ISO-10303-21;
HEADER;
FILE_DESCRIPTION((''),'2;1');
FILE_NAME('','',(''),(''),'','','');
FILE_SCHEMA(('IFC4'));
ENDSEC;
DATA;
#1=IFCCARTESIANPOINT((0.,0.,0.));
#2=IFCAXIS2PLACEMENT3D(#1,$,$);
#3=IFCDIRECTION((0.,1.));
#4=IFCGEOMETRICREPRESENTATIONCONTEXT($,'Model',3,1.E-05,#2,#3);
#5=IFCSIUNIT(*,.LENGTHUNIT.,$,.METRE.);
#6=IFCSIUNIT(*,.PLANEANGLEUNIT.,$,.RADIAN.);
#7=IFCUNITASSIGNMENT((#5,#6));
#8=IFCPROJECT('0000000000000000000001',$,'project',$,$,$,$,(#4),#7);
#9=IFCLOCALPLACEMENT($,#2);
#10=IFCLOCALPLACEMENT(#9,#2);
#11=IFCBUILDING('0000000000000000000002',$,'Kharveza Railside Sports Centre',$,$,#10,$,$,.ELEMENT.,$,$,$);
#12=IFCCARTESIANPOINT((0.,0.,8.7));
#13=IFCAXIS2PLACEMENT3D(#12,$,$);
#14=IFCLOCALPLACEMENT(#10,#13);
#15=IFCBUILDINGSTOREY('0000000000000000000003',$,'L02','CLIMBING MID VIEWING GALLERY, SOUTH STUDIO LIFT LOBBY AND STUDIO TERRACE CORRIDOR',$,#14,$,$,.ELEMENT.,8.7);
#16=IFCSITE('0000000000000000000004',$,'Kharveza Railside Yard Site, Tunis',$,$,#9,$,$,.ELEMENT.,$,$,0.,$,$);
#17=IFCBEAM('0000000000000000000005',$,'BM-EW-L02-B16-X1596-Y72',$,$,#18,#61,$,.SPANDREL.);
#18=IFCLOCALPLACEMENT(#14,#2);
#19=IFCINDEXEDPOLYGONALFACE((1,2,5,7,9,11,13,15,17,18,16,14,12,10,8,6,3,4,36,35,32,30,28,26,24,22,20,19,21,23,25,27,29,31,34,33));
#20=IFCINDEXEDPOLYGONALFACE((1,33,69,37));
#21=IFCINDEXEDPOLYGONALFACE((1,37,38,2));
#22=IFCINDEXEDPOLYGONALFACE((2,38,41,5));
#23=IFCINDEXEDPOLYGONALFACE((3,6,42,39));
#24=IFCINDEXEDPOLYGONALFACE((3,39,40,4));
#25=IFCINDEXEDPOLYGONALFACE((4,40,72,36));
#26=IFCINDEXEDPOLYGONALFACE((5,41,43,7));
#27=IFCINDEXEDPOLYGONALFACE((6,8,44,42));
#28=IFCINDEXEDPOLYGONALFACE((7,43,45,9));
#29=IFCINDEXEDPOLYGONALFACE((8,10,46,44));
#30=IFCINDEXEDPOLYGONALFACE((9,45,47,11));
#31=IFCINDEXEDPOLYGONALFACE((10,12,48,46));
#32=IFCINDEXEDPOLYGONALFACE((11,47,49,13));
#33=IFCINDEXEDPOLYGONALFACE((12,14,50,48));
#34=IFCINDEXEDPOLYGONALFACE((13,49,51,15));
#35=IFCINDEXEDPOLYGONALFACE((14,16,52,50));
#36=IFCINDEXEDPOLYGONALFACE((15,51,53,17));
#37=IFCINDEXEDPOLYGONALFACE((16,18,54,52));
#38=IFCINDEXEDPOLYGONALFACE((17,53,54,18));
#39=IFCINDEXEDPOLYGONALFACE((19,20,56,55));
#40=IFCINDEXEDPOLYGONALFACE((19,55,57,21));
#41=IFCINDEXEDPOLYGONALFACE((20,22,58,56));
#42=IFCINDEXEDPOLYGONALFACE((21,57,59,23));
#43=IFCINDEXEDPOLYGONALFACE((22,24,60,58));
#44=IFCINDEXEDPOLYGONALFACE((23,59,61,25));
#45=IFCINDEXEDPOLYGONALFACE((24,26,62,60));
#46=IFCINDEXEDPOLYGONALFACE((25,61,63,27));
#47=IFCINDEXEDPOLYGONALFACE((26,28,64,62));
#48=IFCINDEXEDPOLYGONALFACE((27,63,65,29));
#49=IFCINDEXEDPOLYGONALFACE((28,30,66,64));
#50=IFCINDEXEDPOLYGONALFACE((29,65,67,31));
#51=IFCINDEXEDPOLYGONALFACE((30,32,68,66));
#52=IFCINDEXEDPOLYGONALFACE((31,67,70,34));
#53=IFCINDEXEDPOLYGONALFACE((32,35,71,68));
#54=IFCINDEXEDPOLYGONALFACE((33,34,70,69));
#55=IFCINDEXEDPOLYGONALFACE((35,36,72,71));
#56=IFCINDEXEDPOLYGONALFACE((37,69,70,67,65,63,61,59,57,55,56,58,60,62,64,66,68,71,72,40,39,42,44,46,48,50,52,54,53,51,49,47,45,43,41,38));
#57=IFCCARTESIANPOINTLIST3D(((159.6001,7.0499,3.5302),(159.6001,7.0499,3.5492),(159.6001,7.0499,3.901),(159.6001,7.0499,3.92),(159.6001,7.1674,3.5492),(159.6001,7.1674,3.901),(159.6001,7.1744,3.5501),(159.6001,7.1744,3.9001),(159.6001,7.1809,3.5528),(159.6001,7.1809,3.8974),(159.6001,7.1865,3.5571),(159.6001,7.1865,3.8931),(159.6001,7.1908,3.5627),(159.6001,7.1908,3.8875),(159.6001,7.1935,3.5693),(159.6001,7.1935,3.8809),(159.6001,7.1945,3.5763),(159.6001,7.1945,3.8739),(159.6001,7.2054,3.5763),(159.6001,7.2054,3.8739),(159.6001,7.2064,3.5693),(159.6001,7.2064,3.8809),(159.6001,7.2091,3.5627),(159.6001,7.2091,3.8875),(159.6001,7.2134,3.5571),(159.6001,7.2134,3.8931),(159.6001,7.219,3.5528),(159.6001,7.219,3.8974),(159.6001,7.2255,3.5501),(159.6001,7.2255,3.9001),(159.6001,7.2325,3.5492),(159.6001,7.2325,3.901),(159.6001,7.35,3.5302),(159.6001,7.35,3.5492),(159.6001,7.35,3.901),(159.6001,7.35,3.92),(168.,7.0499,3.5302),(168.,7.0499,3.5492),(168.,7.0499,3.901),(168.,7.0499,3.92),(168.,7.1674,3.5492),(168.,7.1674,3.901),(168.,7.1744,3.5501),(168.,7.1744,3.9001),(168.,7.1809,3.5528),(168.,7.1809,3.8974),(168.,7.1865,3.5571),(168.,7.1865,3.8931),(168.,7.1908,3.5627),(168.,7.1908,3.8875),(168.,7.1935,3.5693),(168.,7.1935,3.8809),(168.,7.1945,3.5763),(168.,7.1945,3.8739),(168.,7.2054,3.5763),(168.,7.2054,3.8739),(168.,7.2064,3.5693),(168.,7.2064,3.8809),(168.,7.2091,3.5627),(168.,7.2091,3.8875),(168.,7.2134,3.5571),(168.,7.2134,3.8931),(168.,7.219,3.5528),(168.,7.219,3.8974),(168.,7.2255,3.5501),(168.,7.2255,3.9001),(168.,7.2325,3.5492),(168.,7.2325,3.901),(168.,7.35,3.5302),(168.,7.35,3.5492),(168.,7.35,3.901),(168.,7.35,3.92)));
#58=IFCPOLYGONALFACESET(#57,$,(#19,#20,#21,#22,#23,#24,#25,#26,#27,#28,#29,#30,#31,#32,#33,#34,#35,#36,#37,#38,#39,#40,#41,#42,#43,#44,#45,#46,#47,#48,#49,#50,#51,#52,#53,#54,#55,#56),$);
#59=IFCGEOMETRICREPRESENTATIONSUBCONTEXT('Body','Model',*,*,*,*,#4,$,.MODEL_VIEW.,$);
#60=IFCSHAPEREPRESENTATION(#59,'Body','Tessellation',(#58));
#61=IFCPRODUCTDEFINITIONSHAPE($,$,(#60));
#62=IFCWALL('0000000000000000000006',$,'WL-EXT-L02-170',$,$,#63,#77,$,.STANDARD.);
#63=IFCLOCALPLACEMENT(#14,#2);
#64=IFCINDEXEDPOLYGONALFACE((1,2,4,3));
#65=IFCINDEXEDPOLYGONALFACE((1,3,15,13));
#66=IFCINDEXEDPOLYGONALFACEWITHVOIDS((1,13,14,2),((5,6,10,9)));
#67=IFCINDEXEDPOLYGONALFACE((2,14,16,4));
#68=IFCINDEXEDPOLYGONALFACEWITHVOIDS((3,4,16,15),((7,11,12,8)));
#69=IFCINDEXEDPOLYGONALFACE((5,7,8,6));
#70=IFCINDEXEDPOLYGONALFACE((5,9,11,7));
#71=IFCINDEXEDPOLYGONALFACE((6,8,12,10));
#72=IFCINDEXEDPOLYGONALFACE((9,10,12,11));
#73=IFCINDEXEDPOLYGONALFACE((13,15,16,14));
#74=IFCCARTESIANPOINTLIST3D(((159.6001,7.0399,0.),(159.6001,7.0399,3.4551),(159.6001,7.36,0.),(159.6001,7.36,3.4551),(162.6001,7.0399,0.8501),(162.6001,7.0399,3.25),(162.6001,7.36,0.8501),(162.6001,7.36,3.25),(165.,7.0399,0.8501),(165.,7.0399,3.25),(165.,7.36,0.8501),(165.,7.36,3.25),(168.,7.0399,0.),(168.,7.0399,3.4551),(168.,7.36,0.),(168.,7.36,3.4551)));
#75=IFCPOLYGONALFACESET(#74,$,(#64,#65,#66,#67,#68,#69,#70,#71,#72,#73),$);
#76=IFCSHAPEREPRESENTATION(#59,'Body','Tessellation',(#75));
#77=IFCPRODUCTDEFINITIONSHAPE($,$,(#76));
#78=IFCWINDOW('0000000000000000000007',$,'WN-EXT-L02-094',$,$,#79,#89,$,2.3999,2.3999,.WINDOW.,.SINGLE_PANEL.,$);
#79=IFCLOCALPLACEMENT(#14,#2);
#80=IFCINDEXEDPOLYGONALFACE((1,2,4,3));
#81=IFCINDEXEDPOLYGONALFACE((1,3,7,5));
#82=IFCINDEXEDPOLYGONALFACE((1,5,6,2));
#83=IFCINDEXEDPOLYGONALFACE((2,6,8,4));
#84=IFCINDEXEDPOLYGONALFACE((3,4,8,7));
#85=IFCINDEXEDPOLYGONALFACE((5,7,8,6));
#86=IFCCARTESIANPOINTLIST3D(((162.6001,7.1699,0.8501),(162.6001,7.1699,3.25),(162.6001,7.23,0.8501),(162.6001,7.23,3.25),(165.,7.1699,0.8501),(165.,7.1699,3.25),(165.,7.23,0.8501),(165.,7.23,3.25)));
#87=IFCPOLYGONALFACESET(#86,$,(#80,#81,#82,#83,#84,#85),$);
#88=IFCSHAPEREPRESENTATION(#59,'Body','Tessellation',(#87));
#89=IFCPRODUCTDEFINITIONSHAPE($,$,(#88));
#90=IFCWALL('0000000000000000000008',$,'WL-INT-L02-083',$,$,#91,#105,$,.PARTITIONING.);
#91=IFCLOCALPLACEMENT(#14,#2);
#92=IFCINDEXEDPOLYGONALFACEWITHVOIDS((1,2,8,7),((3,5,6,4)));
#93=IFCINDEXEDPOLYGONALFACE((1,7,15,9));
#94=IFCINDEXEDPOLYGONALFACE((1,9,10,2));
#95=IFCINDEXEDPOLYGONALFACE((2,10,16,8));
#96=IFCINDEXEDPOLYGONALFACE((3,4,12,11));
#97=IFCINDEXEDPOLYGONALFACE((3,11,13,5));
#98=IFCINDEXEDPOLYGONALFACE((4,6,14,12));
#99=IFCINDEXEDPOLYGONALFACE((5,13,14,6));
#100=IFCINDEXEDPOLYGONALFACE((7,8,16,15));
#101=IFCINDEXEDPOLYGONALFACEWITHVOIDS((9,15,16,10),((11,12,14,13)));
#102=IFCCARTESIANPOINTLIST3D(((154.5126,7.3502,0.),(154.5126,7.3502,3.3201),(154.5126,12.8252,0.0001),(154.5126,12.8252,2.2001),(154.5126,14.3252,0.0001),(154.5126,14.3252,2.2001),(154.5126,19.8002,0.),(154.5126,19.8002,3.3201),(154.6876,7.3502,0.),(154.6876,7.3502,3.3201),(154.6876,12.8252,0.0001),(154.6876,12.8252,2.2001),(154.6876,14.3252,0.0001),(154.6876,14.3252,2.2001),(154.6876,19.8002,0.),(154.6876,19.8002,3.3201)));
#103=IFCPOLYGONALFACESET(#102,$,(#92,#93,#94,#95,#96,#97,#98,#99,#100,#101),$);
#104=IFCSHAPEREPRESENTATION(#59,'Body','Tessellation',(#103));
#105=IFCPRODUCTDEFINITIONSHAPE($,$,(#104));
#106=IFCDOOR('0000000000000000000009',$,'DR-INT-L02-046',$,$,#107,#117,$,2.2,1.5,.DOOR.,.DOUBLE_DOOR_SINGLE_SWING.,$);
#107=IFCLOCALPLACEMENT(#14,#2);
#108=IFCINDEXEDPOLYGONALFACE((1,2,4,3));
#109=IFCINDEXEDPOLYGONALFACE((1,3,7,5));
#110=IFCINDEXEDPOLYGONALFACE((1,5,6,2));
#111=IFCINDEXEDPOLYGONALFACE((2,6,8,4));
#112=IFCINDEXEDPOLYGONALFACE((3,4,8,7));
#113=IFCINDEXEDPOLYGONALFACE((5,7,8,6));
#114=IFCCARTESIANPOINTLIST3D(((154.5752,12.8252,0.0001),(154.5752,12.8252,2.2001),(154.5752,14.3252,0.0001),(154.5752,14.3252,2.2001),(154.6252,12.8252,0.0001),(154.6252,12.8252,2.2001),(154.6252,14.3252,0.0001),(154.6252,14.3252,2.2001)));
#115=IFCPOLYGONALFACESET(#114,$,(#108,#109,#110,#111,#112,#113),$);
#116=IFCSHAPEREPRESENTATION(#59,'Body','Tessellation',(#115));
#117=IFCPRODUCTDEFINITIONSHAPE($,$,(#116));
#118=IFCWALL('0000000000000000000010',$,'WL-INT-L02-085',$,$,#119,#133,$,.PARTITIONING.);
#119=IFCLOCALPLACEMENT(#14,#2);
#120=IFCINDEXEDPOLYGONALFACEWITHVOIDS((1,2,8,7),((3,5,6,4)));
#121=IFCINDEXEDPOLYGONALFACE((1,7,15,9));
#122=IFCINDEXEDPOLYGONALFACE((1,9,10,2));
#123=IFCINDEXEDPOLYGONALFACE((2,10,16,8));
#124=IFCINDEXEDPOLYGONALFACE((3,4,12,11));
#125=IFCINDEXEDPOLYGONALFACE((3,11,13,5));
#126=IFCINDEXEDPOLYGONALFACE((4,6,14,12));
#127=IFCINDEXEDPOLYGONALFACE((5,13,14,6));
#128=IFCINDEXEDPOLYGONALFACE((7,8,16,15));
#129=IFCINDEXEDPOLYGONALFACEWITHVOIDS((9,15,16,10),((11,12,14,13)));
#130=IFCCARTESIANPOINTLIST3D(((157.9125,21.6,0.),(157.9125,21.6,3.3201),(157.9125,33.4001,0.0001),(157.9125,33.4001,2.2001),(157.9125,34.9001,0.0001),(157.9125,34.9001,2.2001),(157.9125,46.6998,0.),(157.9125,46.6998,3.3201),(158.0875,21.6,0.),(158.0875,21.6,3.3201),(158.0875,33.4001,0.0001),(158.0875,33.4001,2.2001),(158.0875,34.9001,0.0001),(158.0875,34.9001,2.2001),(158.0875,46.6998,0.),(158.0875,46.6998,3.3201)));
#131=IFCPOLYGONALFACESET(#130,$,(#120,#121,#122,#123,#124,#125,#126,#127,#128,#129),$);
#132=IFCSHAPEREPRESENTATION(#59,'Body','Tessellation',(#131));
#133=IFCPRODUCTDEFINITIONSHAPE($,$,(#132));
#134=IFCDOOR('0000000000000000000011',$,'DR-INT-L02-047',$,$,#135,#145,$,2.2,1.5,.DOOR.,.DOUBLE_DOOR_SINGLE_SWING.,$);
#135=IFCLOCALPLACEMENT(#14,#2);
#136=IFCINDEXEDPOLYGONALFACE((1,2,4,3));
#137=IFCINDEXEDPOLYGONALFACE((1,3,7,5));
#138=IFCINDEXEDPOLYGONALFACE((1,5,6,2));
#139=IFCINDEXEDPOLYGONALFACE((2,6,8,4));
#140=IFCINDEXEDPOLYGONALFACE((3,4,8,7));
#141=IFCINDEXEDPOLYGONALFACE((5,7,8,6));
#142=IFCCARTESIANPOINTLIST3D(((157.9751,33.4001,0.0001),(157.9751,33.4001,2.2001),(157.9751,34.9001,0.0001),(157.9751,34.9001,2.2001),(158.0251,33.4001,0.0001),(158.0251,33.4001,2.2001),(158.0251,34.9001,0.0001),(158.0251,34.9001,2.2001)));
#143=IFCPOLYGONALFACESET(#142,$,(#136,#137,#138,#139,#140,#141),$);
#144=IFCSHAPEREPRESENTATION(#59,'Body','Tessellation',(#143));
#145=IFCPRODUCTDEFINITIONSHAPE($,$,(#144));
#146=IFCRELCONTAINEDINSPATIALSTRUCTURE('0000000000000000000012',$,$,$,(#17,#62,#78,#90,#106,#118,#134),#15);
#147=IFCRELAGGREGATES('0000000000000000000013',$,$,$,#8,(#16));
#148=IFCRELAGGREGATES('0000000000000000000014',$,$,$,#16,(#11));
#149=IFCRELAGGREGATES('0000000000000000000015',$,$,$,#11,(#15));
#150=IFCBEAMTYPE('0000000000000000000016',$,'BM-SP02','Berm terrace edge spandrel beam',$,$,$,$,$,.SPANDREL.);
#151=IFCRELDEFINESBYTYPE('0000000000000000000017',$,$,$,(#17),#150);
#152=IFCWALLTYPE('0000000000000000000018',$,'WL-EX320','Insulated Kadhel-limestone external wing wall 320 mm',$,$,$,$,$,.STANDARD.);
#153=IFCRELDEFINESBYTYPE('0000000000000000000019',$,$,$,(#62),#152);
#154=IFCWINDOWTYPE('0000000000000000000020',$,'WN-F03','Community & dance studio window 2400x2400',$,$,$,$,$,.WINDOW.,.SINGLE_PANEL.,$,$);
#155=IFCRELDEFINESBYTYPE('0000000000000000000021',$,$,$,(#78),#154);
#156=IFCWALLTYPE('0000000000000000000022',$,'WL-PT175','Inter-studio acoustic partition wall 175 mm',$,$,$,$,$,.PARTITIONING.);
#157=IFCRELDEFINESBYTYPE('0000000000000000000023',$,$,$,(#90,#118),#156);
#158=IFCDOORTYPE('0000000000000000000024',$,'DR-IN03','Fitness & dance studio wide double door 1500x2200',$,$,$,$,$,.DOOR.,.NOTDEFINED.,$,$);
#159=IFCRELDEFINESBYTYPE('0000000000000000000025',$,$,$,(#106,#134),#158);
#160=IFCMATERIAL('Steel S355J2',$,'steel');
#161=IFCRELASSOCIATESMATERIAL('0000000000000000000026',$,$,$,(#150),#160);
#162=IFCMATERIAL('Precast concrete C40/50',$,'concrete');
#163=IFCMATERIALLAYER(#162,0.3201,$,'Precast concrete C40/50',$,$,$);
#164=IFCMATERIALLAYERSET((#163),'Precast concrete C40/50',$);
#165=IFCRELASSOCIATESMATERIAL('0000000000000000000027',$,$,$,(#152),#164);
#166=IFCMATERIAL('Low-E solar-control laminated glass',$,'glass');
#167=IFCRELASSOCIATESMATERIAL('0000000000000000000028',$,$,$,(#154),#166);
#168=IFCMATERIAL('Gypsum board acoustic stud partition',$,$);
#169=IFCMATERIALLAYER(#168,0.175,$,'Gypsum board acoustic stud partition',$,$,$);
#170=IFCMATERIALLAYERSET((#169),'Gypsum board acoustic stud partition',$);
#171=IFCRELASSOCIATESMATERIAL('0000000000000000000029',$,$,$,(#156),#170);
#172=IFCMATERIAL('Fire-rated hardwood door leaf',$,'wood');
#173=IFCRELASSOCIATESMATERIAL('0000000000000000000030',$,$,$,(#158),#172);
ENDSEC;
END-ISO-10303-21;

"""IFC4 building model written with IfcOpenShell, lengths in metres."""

from ifc_helpers import new_model, si_unit, direction, frame, frame_2d, origin, origin_2d, place, context, subcontext, project, spatial, rectangle, i_section, extrude, material, layer, layer_set, material_profile, profile_set, type_object, element, fill, save


model = new_model("IFC4")

# Units and contexts
model_context = context("Model", 3, precision=1e-05, world=origin(), true_north=direction((0.0, 1.0)))
body_context = subcontext(model_context, "Body", "Model", "MODEL_VIEW")
ifc_project = project(units=[si_unit("LENGTHUNIT", "METRE"), si_unit("PLANEANGLEUNIT", "RADIAN")], contexts=[model_context])

# Site, building, storey
site_placement = place(None, origin())
site = spatial("IfcSite", under=ifc_project, at=site_placement, Name="Kharveza Railside Yard Site, Tunis", CompositionType="ELEMENT", RefElevation=0.0)
building_placement = place(site_placement, origin())
building = spatial("IfcBuilding", under=site, at=building_placement, Name="Kharveza Railside Sports Centre", CompositionType="ELEMENT")
storey_placement = place(building_placement, frame((0.0, 0.0, 8.7)))
storey = spatial("IfcBuildingStorey", under=building, at=storey_placement, Name="L02", Description="CLIMBING MID VIEWING GALLERY, SOUTH STUDIO LIFT LOBBY AND STUDIO TERRACE CORRIDOR", CompositionType="ELEMENT", Elevation=8.7)

# Shared definitions
ifc_material_1 = material(Name="Steel S355J2", Category="steel")

# Beam
ifc_material_profile_1 = material_profile(ifc_material_1, i_section(OverallWidth=0.3, OverallDepth=0.3899, WebThickness=0.011, FlangeThickness=0.019, FilletRadius=0.0271, at=origin_2d()), Name="HEA 400")
ifc_profile_set_1 = profile_set([ifc_material_profile_1], Name="Steel S355J2")
beam_type_1 = type_object("IfcBeamType", Name="BM-SP02", Description="Berm terrace edge spandrel beam", PredefinedType="SPANDREL", material=ifc_profile_set_1)
beam_1_placement = place(storey_placement, frame((159.6001, 7.2, 3.7251), z_axis=(1.0, 0.0, 0.0), x_axis=(0.0, 1.0, 0.0)))
element("IfcBeam", 1, at=beam_1_placement, inside=storey, type_object=beam_type_1, Name="BM-EW-L02-B16-X1596-Y72", PredefinedType="SPANDREL", context=body_context, shape_type="SweptSolid", body=[
    extrude(i_section(OverallWidth=0.3, OverallDepth=0.3899, WebThickness=0.011, FlangeThickness=0.019, FilletRadius=0.0271, at=origin_2d()), origin(), (0.0, 0.0, 1.0), 8.3999),
])

# Wall, opening, window
ifc_material_2 = material(Name="Precast concrete C40/50", Category="concrete")
ifc_layer_1 = layer(ifc_material_2, 0.3201, Name="Precast concrete C40/50")
ifc_layer_set_1 = layer_set([ifc_layer_1], Name="Precast concrete C40/50")
wall_type_1 = type_object("IfcWallType", Name="WL-EX320", Description="Insulated Kadhel-limestone external wing wall 320 mm", PredefinedType="STANDARD", material=ifc_layer_set_1)
wall_1_placement = place(storey_placement, frame((159.6001, 7.2, 0.0), z_axis=(0.0, 0.0, 1.0), x_axis=(1.0, 0.0, 0.0)))
wall_1 = element("IfcWall", 2, at=wall_1_placement, inside=storey, type_object=wall_type_1, Name="WL-EXT-L02-170", PredefinedType="STANDARD", context=body_context, shape_type="SweptSolid", body=[
    extrude(rectangle(XDim=8.3999, YDim=0.3201, at=frame_2d((4.2, 0.0))), origin(), (0.0, 0.0, 1.0), 3.4551),
])
opening_1_placement = place(wall_1_placement, frame((3.0, 0.0, 0.8501)))
opening_1 = element("IfcOpeningElement", 3, at=opening_1_placement, cuts=wall_1, PredefinedType="OPENING", context=body_context, shape_type="SweptSolid", body=[
    extrude(rectangle(XDim=2.3999, YDim=2.3999, at=frame_2d((1.2, 1.2))), frame((0.0, 0.1851, 0.0), z_axis=(0.0, -1.0, 0.0), x_axis=(1.0, 0.0, 0.0)), (0.0, 0.0, 1.0), 0.3699),
])
ifc_material_3 = material(Name="Low-E solar-control laminated glass", Category="glass")
window_type = type_object("IfcWindowType", Name="WN-F03", Description="Community & dance studio window 2400x2400", PartitioningType="SINGLE_PANEL", PredefinedType="WINDOW", material=ifc_material_3)
window_placement = place(opening_1_placement, origin())
window = element("IfcWindow", 4, at=window_placement, inside=storey, type_object=window_type, Name="WN-EXT-L02-094", OverallHeight=2.3999, OverallWidth=2.3999, PartitioningType="SINGLE_PANEL", PredefinedType="WINDOW", context=body_context, shape_type="SweptSolid", body=[
    extrude(rectangle(XDim=2.3999, YDim=2.3999, at=frame_2d((1.2, 1.2))), frame((0.0, 0.03, 0.0), z_axis=(0.0, -1.0, 0.0), x_axis=(1.0, 0.0, 0.0)), (0.0, 0.0, 1.0), 0.0601),
])
fill(opening_1, window)

# Walls, openings, doors
ifc_material_4 = material(Name="Gypsum board acoustic stud partition")
ifc_layer_2 = layer(ifc_material_4, 0.175, Name="Gypsum board acoustic stud partition")
ifc_layer_set_2 = layer_set([ifc_layer_2], Name="Gypsum board acoustic stud partition")
wall_type_2 = type_object("IfcWallType", Name="WL-PT175", Description="Inter-studio acoustic partition wall 175 mm", PredefinedType="PARTITIONING", material=ifc_layer_set_2)
wall_2_placement = place(storey_placement, frame((154.6001, 7.3501, 0.0), z_axis=(0.0, 0.0, 1.0), x_axis=(0.0, 1.0, 0.0)))
wall_2 = element("IfcWall", 5, at=wall_2_placement, inside=storey, type_object=wall_type_2, Name="WL-INT-L02-083", PredefinedType="PARTITIONING", context=body_context, shape_type="SweptSolid", body=[
    extrude(rectangle(XDim=12.45, YDim=0.175, at=frame_2d((6.2251, 0.0))), origin(), (0.0, 0.0, 1.0), 3.3201),
])
opening_2_placement = place(wall_2_placement, frame((5.4751, 0.0, 0.0)))
opening_2 = element("IfcOpeningElement", 6, at=opening_2_placement, cuts=wall_2, PredefinedType="OPENING", context=body_context, shape_type="SweptSolid", body=[
    extrude(rectangle(XDim=1.5, YDim=2.2, at=frame_2d((0.75, 1.1001))), frame((0.0, 0.1123, 0.0), z_axis=(0.0, -1.0, 0.0), x_axis=(1.0, 0.0, 0.0)), (0.0, 0.0, 1.0), 0.2249),
])
ifc_material_5 = material(Name="Fire-rated hardwood door leaf", Category="wood")
door_type = type_object("IfcDoorType", Name="DR-IN03", Description="Fitness & dance studio wide double door 1500x2200", OperationType="NOTDEFINED", PredefinedType="DOOR", material=ifc_material_5)
door_1_placement = place(opening_2_placement, origin())
door_1 = element("IfcDoor", 7, at=door_1_placement, inside=storey, type_object=door_type, Name="DR-INT-L02-046", OperationType="DOUBLE_DOOR_SINGLE_SWING", OverallHeight=2.2, OverallWidth=1.5, PredefinedType="DOOR", context=body_context, shape_type="SweptSolid", body=[
    extrude(rectangle(XDim=1.5, YDim=2.2, at=frame_2d((0.75, 1.1001))), frame((0.0, 0.0249, 0.0), z_axis=(0.0, -1.0, 0.0), x_axis=(1.0, 0.0, 0.0)), (0.0, 0.0, 1.0), 0.05),
])
fill(opening_2, door_1)
wall_3_placement = place(storey_placement, frame((158.0, 21.6001, 0.0), z_axis=(0.0, 0.0, 1.0), x_axis=(0.0, 1.0, 0.0)))
wall_3 = element("IfcWall", 8, at=wall_3_placement, inside=storey, type_object=wall_type_2, Name="WL-INT-L02-085", PredefinedType="PARTITIONING", context=body_context, shape_type="SweptSolid", body=[
    extrude(rectangle(XDim=25.0999, YDim=0.175, at=frame_2d((12.5498, 0.0))), origin(), (0.0, 0.0, 1.0), 3.3201),
])
opening_3_placement = place(wall_3_placement, frame((11.8, 0.0, 0.0)))
opening_3 = element("IfcOpeningElement", 9, at=opening_3_placement, cuts=wall_3, PredefinedType="OPENING", context=body_context, shape_type="SweptSolid", body=[
    extrude(rectangle(XDim=1.5, YDim=2.2, at=frame_2d((0.75, 1.1001))), frame((0.0, 0.1123, 0.0), z_axis=(0.0, -1.0, 0.0), x_axis=(1.0, 0.0, 0.0)), (0.0, 0.0, 1.0), 0.2249),
])
door_2_placement = place(opening_3_placement, origin())
door_2 = element("IfcDoor", 10, at=door_2_placement, inside=storey, type_object=door_type, Name="DR-INT-L02-047", OperationType="DOUBLE_DOOR_SINGLE_SWING", OverallHeight=2.2, OverallWidth=1.5, PredefinedType="DOOR", context=body_context, shape_type="SweptSolid", body=[
    extrude(rectangle(XDim=1.5, YDim=2.2, at=frame_2d((0.75, 1.1001))), frame((0.0, 0.0249, 0.0), z_axis=(0.0, -1.0, 0.0), x_axis=(1.0, 0.0, 0.0)), (0.0, 0.0, 1.0), 0.05),
])
fill(opening_3, door_2)

save(model, "model.ifc")
